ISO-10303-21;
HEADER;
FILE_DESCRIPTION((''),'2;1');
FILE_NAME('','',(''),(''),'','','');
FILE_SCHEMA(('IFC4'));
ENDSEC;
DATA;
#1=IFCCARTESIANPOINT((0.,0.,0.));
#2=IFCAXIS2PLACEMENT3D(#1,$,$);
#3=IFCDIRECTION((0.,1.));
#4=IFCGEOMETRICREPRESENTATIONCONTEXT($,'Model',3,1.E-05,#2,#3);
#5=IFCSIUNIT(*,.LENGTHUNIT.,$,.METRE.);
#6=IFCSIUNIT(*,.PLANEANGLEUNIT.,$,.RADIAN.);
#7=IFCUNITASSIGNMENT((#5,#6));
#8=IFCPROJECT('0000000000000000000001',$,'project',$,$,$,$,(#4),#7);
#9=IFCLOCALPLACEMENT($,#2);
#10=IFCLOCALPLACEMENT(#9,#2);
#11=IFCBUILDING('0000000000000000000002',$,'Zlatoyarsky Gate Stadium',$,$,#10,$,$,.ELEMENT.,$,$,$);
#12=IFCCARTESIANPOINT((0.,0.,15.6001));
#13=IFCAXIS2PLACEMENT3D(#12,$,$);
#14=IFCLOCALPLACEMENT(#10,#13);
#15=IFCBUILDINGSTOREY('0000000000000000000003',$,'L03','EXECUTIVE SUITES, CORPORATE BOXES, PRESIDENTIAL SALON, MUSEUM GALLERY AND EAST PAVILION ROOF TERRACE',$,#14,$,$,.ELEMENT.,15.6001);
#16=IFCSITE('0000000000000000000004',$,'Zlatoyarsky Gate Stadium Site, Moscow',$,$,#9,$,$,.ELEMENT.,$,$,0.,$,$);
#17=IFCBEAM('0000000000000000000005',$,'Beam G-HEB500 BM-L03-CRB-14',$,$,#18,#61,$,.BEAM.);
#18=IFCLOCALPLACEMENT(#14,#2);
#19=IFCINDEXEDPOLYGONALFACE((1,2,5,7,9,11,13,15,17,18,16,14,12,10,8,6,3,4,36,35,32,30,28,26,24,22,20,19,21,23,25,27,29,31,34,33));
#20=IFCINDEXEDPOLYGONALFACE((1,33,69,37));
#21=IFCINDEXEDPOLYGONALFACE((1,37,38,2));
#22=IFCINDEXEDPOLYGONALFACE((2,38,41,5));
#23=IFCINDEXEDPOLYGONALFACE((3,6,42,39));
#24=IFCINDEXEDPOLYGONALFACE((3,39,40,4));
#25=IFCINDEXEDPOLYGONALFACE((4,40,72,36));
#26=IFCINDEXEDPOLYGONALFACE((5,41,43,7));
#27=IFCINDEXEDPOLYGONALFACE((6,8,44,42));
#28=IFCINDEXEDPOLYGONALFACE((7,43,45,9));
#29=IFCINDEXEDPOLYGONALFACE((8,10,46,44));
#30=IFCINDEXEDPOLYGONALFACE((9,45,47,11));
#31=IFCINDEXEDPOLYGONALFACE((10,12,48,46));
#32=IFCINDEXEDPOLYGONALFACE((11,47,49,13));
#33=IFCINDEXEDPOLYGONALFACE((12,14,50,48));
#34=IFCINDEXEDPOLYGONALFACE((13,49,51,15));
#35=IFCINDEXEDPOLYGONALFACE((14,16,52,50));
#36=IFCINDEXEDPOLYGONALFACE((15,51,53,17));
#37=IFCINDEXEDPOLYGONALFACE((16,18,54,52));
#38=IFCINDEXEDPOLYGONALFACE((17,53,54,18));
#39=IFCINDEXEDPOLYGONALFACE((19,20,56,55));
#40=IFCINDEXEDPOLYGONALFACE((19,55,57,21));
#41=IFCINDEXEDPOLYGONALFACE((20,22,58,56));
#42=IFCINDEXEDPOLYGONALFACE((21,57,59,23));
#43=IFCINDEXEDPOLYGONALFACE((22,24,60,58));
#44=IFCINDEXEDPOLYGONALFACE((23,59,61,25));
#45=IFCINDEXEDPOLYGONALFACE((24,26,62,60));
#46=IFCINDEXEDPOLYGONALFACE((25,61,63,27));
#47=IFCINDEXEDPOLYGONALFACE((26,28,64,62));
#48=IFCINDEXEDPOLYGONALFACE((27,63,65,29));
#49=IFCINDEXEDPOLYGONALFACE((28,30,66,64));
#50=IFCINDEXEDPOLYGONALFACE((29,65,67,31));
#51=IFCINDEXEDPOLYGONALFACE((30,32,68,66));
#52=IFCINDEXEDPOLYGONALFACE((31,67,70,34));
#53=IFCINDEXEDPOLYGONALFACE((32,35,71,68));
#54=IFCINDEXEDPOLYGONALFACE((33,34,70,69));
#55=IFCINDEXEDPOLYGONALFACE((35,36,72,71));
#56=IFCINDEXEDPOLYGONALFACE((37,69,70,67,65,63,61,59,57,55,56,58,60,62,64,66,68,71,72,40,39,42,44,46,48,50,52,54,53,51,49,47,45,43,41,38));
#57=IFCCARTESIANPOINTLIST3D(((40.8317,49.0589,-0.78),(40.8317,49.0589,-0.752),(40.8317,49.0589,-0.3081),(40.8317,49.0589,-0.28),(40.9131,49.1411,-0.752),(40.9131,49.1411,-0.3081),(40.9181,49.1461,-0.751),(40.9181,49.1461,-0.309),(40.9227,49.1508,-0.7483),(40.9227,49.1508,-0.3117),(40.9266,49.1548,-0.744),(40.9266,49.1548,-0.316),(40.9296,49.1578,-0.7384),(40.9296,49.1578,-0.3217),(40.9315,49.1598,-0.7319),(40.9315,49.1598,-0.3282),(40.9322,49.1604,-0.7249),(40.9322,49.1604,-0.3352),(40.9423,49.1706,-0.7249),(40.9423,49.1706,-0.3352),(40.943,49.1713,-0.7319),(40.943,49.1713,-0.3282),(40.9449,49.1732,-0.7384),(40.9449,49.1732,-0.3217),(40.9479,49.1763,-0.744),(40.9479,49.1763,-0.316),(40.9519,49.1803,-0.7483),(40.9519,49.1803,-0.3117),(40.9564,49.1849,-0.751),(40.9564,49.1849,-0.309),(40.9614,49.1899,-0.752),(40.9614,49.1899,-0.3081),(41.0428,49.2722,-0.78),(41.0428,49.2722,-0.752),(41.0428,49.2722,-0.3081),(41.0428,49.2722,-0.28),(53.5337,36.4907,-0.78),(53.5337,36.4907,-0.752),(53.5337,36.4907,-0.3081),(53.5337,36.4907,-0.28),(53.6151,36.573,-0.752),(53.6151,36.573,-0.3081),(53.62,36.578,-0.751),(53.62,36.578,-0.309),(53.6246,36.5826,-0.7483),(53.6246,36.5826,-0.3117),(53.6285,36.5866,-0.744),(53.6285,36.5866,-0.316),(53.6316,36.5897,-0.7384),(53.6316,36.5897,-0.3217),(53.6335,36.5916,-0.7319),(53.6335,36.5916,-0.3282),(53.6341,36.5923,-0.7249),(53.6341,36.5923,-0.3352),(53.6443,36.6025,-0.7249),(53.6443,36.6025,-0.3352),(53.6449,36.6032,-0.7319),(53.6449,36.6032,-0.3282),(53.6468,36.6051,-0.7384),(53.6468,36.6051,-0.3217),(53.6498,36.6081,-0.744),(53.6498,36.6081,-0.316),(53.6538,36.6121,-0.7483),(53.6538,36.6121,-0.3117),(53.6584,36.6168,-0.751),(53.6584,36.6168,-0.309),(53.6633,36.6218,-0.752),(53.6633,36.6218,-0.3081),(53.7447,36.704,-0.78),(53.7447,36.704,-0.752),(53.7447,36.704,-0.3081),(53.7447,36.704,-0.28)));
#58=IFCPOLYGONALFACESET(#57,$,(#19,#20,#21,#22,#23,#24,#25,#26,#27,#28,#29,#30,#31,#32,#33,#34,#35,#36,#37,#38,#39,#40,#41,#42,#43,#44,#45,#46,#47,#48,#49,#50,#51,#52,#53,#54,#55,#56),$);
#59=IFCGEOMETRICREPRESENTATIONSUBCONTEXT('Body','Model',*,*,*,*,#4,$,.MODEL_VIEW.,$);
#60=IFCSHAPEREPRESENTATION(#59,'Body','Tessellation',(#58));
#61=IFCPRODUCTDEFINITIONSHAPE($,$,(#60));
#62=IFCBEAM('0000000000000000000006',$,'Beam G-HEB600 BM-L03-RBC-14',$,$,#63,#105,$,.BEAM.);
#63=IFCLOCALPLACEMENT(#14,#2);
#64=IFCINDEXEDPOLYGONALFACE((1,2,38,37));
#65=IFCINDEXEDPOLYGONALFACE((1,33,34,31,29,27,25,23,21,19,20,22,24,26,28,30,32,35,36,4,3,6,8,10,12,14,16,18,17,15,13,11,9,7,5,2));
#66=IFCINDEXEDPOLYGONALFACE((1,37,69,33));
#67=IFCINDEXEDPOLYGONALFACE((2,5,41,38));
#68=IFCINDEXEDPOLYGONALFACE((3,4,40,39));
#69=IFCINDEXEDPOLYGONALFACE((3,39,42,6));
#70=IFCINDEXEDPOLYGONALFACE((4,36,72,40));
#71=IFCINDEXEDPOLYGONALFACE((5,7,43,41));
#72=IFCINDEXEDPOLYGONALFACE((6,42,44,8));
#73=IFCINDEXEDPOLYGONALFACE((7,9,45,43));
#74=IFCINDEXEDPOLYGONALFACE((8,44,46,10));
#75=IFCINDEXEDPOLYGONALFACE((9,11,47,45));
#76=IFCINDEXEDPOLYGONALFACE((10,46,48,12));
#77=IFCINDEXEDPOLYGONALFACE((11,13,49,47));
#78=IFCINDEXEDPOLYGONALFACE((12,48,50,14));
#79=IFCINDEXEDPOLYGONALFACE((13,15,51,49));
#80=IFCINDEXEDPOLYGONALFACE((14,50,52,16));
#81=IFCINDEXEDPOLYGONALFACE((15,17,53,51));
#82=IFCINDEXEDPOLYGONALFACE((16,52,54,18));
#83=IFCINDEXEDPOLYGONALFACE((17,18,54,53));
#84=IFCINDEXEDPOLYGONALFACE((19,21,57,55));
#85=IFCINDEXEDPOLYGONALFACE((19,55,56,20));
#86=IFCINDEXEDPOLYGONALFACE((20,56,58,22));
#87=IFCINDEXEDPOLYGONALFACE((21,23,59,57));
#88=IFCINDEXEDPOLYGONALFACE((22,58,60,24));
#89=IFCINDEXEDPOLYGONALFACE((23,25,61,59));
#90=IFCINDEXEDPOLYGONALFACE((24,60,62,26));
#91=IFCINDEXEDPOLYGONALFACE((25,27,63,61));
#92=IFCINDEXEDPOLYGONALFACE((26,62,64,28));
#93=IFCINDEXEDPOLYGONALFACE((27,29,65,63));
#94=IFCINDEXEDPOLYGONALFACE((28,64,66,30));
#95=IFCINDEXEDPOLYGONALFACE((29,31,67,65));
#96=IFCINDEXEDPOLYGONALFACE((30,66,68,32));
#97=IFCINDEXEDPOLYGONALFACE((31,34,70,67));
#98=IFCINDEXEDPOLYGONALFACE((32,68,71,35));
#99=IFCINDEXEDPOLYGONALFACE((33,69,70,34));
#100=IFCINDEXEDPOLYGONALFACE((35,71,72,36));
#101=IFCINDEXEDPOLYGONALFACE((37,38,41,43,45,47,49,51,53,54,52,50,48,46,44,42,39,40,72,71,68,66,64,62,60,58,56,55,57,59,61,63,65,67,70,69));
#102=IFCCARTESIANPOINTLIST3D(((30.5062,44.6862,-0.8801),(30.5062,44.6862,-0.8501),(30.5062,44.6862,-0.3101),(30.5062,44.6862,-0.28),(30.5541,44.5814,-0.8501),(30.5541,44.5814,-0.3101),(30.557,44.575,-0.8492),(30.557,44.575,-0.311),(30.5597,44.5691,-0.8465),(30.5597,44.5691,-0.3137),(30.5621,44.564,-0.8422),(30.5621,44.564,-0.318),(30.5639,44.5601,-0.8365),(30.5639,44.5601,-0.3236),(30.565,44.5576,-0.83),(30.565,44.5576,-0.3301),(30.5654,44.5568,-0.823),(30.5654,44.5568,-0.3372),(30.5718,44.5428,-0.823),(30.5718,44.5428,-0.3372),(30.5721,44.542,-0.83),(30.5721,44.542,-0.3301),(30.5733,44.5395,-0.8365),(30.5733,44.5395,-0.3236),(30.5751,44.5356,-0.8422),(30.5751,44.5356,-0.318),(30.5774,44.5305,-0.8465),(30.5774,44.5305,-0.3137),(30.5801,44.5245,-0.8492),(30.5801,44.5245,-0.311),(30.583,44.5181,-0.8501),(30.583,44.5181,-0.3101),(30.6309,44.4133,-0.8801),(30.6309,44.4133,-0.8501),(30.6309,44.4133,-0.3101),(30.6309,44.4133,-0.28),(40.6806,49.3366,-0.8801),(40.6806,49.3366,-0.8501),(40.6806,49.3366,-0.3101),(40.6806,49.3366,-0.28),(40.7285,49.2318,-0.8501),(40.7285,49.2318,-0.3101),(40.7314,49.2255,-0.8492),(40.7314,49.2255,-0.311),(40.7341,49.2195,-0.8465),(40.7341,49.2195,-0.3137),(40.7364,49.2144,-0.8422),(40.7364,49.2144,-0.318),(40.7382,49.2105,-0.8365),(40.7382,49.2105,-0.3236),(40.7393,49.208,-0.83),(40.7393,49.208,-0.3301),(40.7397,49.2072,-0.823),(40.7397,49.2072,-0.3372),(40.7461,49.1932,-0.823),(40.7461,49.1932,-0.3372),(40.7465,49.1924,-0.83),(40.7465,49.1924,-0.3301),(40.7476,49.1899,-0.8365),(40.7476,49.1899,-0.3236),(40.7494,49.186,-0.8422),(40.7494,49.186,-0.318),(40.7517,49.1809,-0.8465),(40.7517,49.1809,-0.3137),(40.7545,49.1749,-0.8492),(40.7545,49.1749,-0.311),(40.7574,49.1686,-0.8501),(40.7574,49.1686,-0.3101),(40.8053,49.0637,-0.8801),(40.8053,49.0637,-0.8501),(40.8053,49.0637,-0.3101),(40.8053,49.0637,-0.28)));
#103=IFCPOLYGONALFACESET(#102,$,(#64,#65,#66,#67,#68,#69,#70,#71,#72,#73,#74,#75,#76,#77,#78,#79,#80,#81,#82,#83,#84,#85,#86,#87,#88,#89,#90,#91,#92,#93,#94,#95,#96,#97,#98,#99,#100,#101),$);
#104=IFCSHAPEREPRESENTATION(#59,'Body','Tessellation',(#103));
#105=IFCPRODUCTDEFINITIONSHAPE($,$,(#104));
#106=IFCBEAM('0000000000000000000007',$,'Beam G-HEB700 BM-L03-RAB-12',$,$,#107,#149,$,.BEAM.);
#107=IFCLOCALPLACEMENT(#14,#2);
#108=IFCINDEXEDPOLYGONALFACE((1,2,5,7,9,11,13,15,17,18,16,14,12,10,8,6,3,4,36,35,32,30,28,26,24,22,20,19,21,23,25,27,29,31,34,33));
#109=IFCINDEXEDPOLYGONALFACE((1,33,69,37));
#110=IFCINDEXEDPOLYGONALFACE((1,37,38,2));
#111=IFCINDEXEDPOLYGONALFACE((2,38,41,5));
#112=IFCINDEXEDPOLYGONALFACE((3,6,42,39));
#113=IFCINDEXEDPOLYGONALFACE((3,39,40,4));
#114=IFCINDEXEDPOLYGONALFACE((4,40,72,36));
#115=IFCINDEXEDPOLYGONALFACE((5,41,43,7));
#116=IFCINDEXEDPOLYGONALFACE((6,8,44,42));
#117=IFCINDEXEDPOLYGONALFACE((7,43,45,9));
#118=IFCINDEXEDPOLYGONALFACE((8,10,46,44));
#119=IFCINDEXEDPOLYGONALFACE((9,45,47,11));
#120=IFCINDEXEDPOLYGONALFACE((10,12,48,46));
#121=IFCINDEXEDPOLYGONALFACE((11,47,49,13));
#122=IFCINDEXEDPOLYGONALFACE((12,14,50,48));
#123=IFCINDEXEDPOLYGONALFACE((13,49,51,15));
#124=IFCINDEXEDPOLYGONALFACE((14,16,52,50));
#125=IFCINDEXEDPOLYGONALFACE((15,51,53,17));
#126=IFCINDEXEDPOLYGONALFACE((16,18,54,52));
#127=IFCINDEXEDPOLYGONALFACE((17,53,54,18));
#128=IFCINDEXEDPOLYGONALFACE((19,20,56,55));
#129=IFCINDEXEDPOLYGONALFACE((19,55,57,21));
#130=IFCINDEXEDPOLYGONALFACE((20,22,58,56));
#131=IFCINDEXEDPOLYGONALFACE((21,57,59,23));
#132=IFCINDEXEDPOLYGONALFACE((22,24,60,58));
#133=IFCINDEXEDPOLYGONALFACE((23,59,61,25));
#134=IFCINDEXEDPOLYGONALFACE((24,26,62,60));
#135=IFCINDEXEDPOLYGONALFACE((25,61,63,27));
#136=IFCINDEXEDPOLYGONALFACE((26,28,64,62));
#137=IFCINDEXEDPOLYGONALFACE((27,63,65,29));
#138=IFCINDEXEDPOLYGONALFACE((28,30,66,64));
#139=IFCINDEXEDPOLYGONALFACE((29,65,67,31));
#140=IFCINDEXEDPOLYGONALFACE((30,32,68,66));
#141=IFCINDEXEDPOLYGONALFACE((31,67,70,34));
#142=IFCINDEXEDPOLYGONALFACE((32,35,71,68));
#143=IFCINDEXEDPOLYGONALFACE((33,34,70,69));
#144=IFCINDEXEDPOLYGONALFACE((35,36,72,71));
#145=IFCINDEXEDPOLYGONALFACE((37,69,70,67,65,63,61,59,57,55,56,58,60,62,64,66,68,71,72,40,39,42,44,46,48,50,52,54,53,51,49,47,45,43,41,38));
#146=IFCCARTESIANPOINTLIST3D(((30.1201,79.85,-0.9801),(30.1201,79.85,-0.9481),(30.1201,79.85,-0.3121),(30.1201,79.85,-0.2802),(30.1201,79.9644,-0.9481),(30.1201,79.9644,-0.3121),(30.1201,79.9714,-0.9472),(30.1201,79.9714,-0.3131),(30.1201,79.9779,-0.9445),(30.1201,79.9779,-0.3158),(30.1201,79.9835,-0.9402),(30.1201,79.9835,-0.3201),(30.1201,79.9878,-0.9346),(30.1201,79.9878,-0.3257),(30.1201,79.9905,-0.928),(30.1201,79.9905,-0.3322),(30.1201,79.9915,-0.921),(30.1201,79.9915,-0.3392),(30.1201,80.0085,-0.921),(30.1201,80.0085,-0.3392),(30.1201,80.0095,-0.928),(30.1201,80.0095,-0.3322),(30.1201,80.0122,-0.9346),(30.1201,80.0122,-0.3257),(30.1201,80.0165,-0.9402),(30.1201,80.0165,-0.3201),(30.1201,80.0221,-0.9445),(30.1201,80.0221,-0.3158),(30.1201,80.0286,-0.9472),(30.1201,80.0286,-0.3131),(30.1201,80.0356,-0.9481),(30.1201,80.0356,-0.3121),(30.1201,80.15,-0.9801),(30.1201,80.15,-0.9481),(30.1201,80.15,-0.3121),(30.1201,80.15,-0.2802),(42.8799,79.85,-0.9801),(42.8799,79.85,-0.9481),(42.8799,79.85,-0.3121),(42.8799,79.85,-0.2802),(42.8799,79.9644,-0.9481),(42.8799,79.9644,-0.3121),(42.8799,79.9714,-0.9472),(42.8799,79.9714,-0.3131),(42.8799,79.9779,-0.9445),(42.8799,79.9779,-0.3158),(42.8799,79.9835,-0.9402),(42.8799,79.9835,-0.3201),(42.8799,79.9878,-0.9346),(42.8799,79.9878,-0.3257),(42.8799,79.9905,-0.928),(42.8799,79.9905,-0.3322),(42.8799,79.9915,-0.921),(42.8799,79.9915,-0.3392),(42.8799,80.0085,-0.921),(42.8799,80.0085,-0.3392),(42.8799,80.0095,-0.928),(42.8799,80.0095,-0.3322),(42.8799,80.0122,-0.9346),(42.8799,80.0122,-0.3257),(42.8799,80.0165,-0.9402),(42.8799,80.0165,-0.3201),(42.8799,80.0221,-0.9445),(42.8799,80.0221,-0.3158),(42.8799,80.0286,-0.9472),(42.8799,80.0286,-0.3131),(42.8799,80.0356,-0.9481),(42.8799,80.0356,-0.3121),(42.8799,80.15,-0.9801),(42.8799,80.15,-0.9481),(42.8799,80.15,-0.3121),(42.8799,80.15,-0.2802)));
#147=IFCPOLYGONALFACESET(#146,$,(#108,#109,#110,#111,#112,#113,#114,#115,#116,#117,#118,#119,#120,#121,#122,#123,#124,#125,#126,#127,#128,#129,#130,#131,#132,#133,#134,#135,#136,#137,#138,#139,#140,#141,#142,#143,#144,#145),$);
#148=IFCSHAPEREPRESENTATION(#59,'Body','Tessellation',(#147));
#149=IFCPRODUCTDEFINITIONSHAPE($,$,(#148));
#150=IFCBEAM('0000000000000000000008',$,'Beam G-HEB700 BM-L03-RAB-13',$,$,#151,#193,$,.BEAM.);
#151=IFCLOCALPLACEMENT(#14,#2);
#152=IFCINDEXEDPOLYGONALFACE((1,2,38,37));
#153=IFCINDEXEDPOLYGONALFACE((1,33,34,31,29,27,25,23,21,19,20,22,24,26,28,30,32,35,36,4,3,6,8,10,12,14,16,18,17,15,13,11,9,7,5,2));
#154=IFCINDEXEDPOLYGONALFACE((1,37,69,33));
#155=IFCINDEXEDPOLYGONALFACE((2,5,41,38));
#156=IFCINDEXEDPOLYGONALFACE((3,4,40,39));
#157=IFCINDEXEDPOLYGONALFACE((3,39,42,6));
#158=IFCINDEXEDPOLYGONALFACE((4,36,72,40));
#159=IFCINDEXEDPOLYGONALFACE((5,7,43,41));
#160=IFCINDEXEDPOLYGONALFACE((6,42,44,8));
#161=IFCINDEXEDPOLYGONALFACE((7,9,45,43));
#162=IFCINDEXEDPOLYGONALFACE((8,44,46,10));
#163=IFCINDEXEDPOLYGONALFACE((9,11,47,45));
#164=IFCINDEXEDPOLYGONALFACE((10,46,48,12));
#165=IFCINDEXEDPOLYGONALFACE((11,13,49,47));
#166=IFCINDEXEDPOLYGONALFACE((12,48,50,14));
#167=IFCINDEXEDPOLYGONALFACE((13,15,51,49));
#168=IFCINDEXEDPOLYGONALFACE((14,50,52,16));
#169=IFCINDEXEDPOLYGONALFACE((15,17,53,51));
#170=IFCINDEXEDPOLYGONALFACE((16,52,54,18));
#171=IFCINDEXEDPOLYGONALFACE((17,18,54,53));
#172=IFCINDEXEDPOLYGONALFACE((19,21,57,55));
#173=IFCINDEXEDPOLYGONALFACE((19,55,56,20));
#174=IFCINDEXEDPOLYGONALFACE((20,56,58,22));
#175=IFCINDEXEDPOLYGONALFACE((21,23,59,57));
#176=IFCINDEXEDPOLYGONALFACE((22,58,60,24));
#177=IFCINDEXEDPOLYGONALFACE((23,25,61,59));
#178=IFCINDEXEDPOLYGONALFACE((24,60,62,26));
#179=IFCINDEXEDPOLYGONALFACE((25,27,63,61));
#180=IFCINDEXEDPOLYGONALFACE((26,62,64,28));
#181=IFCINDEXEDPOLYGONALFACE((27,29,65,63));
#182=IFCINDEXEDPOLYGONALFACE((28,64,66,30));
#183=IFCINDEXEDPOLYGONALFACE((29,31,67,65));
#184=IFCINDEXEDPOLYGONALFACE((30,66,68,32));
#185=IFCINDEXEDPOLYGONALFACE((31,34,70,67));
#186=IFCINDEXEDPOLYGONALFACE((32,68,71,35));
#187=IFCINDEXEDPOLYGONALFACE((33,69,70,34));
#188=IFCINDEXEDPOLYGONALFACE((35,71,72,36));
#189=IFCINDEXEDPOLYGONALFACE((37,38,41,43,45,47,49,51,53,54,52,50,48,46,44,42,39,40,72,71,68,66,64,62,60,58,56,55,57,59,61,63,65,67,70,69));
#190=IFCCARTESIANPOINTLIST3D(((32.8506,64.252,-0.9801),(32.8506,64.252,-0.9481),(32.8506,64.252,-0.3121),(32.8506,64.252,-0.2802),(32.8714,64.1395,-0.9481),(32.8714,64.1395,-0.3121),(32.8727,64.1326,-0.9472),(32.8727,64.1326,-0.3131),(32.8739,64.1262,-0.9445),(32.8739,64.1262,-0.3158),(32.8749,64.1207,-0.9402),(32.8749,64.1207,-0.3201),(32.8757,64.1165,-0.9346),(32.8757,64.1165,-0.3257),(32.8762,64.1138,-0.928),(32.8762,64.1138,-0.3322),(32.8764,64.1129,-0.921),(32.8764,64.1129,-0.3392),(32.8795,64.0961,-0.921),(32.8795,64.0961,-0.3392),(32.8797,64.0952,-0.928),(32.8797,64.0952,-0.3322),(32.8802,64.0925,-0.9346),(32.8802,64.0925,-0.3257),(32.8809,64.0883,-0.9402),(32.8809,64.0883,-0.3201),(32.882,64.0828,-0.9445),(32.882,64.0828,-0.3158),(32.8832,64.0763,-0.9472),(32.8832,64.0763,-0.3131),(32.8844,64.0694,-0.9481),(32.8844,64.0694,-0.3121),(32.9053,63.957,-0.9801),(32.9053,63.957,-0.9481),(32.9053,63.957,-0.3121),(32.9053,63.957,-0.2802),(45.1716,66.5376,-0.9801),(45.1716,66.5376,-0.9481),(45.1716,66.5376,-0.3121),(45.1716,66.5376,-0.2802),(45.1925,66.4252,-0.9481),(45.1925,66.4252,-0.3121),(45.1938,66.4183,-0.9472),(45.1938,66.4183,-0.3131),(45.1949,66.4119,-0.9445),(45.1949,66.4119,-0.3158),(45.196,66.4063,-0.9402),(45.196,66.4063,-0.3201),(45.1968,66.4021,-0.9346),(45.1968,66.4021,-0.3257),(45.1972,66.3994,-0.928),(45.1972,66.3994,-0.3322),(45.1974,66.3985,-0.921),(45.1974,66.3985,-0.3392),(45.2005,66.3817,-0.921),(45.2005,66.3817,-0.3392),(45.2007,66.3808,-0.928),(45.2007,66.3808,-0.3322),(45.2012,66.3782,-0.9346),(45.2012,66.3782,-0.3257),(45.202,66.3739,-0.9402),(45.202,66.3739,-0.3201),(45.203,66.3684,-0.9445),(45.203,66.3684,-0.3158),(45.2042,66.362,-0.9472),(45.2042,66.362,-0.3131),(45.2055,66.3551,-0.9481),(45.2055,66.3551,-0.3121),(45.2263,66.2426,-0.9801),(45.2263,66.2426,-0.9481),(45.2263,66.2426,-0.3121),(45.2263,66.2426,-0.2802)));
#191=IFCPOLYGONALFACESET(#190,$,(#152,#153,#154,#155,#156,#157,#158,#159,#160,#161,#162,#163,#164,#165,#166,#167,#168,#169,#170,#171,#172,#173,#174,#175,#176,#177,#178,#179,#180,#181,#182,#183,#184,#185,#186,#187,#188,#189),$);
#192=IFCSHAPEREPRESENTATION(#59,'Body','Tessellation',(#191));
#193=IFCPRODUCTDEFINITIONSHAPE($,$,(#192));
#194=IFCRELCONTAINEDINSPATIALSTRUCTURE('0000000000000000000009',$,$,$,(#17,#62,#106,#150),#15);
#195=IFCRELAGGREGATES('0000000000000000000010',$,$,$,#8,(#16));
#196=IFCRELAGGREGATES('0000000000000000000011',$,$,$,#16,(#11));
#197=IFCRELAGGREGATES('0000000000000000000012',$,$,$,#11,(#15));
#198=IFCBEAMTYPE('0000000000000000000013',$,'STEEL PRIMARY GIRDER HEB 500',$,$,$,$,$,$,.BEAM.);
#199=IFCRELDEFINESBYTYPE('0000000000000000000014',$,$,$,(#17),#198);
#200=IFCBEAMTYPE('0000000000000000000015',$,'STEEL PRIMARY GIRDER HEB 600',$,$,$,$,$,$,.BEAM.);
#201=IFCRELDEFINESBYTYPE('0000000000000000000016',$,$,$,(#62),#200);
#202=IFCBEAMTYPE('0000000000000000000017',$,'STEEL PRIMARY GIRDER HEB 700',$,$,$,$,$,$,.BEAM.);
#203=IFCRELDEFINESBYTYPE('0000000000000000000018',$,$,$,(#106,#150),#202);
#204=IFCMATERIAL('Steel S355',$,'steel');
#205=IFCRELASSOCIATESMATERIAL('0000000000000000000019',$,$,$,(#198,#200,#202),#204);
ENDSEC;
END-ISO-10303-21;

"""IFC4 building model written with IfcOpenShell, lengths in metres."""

from ifc_helpers import new_model, si_unit, direction, frame, origin, origin_2d, place, context, subcontext, project, spatial, i_section, extrude, material, material_profile, profile_set, type_object, element, save


model = new_model("IFC4")

# Units and contexts
model_context = context("Model", 3, precision=1e-05, world=origin(), true_north=direction((0.0, 1.0)))
body_context = subcontext(model_context, "Body", "Model", "MODEL_VIEW")
ifc_project = project(units=[si_unit("LENGTHUNIT", "METRE"), si_unit("PLANEANGLEUNIT", "RADIAN")], contexts=[model_context])

# Site, building, storey
site_placement = place(None, origin())
site = spatial("IfcSite", under=ifc_project, at=site_placement, Name="Zlatoyarsky Gate Stadium Site, Moscow", CompositionType="ELEMENT", RefElevation=0.0)
building_placement = place(site_placement, origin())
building = spatial("IfcBuilding", under=site, at=building_placement, Name="Zlatoyarsky Gate Stadium", CompositionType="ELEMENT")
storey_placement = place(building_placement, frame((0.0, 0.0, 15.6001)))
storey = spatial("IfcBuildingStorey", under=building, at=storey_placement, Name="L03", Description="EXECUTIVE SUITES, CORPORATE BOXES, PRESIDENTIAL SALON, MUSEUM GALLERY AND EAST PAVILION ROOF TERRACE", CompositionType="ELEMENT", Elevation=15.6001)

# Shared definitions
ifc_material_1 = material(Name="Steel S355", Category="steel")

# Beams
ifc_material_profile_1 = material_profile(ifc_material_1, i_section(OverallWidth=0.3, OverallDepth=0.5, WebThickness=0.0144, FlangeThickness=0.0281, FilletRadius=0.0271, at=origin_2d()), Name="HEB 500")
ifc_profile_set_1 = profile_set([ifc_material_profile_1], Name="Steel S355")
beam_type_1 = type_object("IfcBeamType", Name="STEEL PRIMARY GIRDER HEB 500", PredefinedType="BEAM", material=ifc_profile_set_1)
beam_1_placement = place(storey_placement, frame((40.9373, 49.1655, -0.53), z_axis=(0.710841, -0.703353, 0.0), x_axis=(0.703353, 0.710841, 0.0)))
element("IfcBeam", 1, at=beam_1_placement, inside=storey, type_object=beam_type_1, Name="Beam G-HEB500 BM-L03-CRB-14", PredefinedType="BEAM", context=body_context, shape_type="SweptSolid", body=[
    extrude(i_section(OverallWidth=0.3, OverallDepth=0.5, WebThickness=0.0144, FlangeThickness=0.0281, FilletRadius=0.0271, at=origin_2d()), origin(), (0.0, 0.0, 1.0), 17.8689),
])
ifc_material_profile_2 = material_profile(ifc_material_1, i_section(OverallWidth=0.3, OverallDepth=0.6001, WebThickness=0.0154, FlangeThickness=0.03, FilletRadius=0.0271, at=origin_2d()), Name="HEB 600")
ifc_profile_set_2 = profile_set([ifc_material_profile_2], Name="Steel S355")
beam_type_2 = type_object("IfcBeamType", Name="STEEL PRIMARY GIRDER HEB 600", PredefinedType="BEAM", material=ifc_profile_set_2)
beam_2_placement = place(storey_placement, frame((40.7429, 49.2002, -0.5801), z_axis=(-0.909499, -0.415706, 0.0), x_axis=(0.415706, -0.909499, 0.0)))
element("IfcBeam", 2, at=beam_2_placement, inside=storey, type_object=beam_type_2, Name="Beam G-HEB600 BM-L03-RBC-14", PredefinedType="BEAM", context=body_context, shape_type="SweptSolid", body=[
    extrude(i_section(OverallWidth=0.3, OverallDepth=0.6001, WebThickness=0.0154, FlangeThickness=0.03, FilletRadius=0.0271, at=origin_2d()), origin(), (0.0, 0.0, 1.0), 11.1868),
])
ifc_material_profile_3 = material_profile(ifc_material_1, i_section(OverallWidth=0.3, OverallDepth=0.7, WebThickness=0.0171, FlangeThickness=0.032, FilletRadius=0.0271, at=origin_2d()), Name="HEB 700")
ifc_profile_set_3 = profile_set([ifc_material_profile_3], Name="Steel S355")
beam_type_3 = type_object("IfcBeamType", Name="STEEL PRIMARY GIRDER HEB 700", PredefinedType="BEAM", material=ifc_profile_set_3)
beam_3_placement = place(storey_placement, frame((42.8799, 80.0, -0.6301), z_axis=(-1.0, 0.0, 0.0), x_axis=(0.0, -1.0, 0.0)))
element("IfcBeam", 3, at=beam_3_placement, inside=storey, type_object=beam_type_3, Name="Beam G-HEB700 BM-L03-RAB-12", PredefinedType="BEAM", context=body_context, shape_type="SweptSolid", body=[
    extrude(i_section(OverallWidth=0.3, OverallDepth=0.7, WebThickness=0.0171, FlangeThickness=0.032, FilletRadius=0.0271, at=origin_2d()), origin(), (0.0, 0.0, 1.0), 12.7598),
])
beam_4_placement = place(storey_placement, frame((45.199, 66.3901, -0.6301), z_axis=(-0.983225, -0.182396, 0.0), x_axis=(0.182396, -0.983225, 0.0)))
element("IfcBeam", 4, at=beam_4_placement, inside=storey, type_object=beam_type_3, Name="Beam G-HEB700 BM-L03-RAB-13", PredefinedType="BEAM", context=body_context, shape_type="SweptSolid", body=[
    extrude(i_section(OverallWidth=0.3, OverallDepth=0.7, WebThickness=0.0171, FlangeThickness=0.032, FilletRadius=0.0271, at=origin_2d()), origin(), (0.0, 0.0, 1.0), 12.5312),
])

save(model, "model.ifc")
